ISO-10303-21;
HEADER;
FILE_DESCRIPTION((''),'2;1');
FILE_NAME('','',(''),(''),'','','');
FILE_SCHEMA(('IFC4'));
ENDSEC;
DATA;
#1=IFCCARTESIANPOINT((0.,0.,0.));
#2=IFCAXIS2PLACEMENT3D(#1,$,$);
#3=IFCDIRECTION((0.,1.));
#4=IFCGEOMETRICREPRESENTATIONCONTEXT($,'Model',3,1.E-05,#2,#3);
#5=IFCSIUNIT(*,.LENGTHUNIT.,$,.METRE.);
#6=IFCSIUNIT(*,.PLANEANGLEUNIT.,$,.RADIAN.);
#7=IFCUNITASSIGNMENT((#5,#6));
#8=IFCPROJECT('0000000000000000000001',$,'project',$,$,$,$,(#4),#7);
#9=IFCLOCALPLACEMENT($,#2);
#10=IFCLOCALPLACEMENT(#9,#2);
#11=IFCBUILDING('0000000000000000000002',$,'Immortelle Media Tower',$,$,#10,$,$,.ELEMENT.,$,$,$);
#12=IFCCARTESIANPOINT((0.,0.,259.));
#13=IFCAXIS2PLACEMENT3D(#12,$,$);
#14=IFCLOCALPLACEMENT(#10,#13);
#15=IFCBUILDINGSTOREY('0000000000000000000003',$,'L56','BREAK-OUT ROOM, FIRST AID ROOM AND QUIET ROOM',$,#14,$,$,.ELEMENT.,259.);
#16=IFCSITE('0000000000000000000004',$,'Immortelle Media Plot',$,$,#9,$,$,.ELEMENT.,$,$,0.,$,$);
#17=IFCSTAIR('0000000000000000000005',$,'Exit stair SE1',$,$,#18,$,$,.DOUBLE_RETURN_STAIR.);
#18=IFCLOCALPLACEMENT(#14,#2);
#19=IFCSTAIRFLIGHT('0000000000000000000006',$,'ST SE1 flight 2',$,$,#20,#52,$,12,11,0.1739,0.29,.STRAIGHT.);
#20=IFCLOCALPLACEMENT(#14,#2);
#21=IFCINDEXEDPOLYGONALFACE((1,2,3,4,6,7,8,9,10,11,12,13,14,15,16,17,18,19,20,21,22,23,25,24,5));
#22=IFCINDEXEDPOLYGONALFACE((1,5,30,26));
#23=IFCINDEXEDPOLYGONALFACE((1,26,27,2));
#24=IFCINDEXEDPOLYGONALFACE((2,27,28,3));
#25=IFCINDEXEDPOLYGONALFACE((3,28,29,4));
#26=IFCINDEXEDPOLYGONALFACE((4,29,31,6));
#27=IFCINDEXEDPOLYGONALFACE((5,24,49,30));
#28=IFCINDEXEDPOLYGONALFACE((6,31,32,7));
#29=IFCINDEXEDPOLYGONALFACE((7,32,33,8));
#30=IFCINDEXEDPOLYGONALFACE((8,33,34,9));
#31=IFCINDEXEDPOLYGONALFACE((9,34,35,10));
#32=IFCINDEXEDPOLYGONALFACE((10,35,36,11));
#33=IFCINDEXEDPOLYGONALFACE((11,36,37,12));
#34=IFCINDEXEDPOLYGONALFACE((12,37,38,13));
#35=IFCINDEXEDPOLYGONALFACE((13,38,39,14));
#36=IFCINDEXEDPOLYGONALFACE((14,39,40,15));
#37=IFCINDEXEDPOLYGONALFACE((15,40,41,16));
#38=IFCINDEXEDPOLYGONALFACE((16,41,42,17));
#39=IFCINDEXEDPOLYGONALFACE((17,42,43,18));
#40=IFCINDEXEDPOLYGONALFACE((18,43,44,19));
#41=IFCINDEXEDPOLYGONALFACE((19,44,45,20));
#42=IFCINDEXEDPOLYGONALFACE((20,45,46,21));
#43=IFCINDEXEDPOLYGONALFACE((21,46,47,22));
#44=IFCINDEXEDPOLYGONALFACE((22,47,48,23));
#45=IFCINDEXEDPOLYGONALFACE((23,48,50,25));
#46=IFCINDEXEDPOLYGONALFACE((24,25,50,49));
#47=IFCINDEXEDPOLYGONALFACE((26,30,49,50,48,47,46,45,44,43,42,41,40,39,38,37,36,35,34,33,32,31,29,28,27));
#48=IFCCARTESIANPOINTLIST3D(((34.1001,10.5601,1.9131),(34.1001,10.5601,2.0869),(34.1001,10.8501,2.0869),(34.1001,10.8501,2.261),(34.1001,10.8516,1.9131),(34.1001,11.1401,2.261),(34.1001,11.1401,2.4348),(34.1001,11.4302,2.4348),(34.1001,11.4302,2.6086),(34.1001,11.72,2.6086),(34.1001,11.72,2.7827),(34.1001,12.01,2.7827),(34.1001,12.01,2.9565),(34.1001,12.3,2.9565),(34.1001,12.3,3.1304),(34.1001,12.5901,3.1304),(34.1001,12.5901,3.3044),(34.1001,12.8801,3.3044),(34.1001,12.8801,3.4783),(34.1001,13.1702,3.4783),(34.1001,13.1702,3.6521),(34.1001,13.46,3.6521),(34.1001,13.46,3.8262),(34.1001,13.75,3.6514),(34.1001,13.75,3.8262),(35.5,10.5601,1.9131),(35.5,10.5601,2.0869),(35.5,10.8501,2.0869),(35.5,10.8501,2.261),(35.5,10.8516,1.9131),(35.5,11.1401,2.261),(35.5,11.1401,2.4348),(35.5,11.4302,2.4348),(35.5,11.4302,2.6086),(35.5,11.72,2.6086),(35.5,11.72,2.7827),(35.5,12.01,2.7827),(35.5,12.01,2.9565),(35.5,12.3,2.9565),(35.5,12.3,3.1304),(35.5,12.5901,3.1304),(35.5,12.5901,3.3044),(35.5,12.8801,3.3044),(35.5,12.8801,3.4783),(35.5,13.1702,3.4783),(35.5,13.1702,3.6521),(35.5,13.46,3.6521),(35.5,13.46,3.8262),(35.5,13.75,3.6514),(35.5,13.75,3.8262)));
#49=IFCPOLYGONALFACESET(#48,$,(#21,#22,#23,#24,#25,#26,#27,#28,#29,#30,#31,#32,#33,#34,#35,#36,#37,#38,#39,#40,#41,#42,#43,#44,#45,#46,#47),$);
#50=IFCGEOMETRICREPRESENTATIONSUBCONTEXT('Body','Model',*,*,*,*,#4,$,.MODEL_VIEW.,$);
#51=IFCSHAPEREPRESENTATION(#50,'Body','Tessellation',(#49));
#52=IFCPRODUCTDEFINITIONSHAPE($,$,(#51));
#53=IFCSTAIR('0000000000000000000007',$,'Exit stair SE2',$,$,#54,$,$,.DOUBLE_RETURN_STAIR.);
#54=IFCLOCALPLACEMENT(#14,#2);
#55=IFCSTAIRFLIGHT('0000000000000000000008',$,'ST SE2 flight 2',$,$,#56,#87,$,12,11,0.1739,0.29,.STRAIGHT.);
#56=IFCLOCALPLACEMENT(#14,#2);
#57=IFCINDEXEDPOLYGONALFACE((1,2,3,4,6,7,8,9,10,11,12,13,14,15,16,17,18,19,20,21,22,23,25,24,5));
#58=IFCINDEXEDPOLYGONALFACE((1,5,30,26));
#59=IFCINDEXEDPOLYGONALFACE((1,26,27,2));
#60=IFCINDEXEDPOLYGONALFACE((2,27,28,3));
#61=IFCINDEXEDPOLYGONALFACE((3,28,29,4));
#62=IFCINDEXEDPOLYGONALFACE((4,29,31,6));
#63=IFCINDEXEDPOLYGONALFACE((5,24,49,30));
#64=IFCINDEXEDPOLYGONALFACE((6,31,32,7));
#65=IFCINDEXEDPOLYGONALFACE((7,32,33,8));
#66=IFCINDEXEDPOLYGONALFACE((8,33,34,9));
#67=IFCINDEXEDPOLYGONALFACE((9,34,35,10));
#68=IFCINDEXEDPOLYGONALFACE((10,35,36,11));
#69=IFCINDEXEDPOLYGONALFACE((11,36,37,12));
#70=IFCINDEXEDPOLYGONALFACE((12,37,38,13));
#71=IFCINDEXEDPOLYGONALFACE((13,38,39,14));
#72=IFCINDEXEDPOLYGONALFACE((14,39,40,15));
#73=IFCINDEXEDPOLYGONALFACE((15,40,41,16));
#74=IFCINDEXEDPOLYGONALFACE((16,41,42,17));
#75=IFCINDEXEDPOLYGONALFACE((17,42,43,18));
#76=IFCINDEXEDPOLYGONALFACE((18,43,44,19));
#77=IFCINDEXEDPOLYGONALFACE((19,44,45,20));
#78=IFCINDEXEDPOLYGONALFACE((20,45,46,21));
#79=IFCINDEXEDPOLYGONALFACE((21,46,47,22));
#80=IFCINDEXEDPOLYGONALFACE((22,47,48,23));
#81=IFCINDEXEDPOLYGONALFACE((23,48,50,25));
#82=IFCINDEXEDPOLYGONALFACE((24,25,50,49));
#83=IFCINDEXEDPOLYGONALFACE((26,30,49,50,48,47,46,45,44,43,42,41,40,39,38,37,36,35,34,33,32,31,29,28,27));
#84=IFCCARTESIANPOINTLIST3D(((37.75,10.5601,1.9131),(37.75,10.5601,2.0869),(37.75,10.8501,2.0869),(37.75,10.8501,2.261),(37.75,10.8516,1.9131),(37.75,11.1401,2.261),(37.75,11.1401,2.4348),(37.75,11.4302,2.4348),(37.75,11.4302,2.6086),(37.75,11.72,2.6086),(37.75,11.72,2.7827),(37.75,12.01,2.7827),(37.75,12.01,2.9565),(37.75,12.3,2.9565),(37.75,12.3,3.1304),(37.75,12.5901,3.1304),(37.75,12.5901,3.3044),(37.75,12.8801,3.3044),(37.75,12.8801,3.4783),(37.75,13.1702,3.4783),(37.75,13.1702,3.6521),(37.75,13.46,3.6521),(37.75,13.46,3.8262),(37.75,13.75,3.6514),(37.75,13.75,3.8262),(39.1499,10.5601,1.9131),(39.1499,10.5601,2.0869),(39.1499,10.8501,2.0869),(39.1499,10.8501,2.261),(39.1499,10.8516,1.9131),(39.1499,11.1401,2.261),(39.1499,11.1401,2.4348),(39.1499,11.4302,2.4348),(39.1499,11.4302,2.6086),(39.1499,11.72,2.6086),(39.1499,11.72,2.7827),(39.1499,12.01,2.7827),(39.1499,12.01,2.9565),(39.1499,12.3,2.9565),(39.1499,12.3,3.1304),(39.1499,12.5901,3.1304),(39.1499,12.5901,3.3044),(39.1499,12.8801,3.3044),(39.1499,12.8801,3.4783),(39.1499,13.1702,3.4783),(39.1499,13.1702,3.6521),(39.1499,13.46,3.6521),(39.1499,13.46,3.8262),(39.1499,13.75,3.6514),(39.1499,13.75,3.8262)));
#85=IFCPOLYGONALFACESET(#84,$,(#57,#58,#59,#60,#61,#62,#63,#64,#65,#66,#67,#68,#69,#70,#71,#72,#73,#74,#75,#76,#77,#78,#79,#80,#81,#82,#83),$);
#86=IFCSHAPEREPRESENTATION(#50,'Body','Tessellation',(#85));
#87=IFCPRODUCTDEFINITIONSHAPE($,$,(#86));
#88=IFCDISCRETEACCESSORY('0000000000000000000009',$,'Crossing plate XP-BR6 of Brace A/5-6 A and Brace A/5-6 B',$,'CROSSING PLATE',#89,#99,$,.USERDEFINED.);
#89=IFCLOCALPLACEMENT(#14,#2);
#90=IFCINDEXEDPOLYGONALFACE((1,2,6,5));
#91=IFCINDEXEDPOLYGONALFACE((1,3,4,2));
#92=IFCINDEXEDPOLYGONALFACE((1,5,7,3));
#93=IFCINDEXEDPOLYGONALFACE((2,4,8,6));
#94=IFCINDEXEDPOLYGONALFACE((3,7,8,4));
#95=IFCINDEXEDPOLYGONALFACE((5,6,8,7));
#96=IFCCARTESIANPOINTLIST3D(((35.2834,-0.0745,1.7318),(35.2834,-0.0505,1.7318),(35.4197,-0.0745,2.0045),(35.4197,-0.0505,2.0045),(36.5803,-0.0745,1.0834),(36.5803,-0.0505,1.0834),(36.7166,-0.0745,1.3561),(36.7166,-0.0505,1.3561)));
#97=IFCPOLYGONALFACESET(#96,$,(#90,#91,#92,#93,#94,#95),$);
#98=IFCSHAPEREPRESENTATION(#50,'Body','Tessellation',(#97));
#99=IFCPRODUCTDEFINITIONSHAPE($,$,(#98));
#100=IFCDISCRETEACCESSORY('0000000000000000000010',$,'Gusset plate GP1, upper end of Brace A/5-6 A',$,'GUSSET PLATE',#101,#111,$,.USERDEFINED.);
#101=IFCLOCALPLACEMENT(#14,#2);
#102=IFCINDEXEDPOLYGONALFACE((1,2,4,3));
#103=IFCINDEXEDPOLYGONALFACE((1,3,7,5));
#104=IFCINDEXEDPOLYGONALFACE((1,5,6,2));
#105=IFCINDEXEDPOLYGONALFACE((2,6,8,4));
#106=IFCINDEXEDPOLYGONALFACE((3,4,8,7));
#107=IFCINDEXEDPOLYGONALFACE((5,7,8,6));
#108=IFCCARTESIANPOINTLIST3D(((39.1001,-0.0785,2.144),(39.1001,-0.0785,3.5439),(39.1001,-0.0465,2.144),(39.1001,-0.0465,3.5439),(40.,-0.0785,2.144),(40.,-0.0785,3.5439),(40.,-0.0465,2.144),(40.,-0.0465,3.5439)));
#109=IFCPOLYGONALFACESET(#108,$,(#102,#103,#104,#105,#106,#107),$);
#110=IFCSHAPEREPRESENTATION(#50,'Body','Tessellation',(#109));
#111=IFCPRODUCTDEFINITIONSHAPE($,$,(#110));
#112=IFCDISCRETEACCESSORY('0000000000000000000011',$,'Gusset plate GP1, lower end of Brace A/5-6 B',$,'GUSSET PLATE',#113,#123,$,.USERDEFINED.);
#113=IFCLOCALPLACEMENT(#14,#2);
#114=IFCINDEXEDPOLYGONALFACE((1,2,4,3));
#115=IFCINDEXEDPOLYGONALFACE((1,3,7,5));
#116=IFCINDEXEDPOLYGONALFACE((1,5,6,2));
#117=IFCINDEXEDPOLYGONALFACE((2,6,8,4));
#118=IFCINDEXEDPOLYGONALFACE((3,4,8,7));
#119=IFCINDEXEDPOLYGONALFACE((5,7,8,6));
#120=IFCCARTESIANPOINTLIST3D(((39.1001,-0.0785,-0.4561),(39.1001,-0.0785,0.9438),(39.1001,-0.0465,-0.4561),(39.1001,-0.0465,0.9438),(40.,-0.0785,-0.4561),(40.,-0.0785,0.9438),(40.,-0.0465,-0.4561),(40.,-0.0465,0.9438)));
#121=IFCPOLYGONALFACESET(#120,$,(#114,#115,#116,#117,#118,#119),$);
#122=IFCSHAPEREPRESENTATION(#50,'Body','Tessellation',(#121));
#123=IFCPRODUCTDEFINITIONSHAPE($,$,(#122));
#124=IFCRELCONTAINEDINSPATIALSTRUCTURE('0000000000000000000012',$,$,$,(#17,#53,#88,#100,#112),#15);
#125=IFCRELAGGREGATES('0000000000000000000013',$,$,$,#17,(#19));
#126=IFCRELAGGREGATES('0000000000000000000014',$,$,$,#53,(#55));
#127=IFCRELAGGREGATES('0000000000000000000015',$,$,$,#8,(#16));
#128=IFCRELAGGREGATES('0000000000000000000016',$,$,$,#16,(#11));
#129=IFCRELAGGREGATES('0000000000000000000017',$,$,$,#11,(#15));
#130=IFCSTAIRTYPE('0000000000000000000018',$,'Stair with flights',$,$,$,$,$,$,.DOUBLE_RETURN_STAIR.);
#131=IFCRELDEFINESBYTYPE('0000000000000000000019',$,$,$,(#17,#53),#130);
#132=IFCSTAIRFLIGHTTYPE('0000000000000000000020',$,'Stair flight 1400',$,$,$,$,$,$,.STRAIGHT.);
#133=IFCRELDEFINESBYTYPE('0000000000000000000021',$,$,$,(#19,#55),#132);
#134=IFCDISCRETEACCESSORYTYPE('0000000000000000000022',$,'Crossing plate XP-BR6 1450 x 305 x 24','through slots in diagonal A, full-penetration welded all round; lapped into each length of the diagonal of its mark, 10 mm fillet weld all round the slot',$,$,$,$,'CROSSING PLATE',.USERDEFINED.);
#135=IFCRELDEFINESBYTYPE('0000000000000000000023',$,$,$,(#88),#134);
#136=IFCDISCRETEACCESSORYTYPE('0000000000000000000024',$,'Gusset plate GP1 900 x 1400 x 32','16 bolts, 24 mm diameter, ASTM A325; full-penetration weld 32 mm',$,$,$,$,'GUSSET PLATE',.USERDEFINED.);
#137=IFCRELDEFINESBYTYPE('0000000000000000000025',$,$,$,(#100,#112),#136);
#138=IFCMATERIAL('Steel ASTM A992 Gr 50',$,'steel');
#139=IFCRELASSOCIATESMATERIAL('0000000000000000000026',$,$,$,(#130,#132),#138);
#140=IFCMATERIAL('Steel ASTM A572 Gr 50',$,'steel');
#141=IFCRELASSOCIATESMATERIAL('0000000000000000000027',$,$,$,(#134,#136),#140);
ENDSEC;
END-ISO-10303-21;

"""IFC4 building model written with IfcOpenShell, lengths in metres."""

from ifc_helpers import new_model, si_unit, direction, frame, origin, origin_2d, place, context, subcontext, project, spatial, polyline, rectangle, outline, extrude, material, material_profile, profile_set, type_object, element, aggregate, save


model = new_model("IFC4")

# Units and contexts
model_context = context("Model", 3, precision=1e-05, world=origin(), true_north=direction((0.0, 1.0)))
body_context = subcontext(model_context, "Body", "Model", "MODEL_VIEW")
ifc_project = project(units=[si_unit("LENGTHUNIT", "METRE"), si_unit("PLANEANGLEUNIT", "RADIAN")], contexts=[model_context])

# Site, building, storey
site_placement = place(None, origin())
site = spatial("IfcSite", under=ifc_project, at=site_placement, Name="Immortelle Media Plot", CompositionType="ELEMENT", RefElevation=0.0)
building_placement = place(site_placement, origin())
building = spatial("IfcBuilding", under=site, at=building_placement, Name="Immortelle Media Tower", CompositionType="ELEMENT")
storey_placement = place(building_placement, frame((0.0, 0.0, 259.0)))
storey = spatial("IfcBuildingStorey", under=building, at=storey_placement, Name="L56", Description="BREAK-OUT ROOM, FIRST AID ROOM AND QUIET ROOM", CompositionType="ELEMENT", Elevation=259.0)

# Shared definitions
ifc_material_1 = material(Name="Steel ASTM A992 Gr 50", Category="steel")

# Stairs, stair flights
stair_type = type_object("IfcStairType", Name="Stair with flights", PredefinedType="DOUBLE_RETURN_STAIR", material=ifc_material_1)
stair_1_placement = place(storey_placement, origin())
stair_1 = element("IfcStair", 1, at=stair_1_placement, inside=storey, type_object=stair_type, Name="Exit stair SE1", PredefinedType="DOUBLE_RETURN_STAIR")
stair_flight_type = type_object("IfcStairFlightType", Name="Stair flight 1400", PredefinedType="STRAIGHT", material=ifc_material_1)
stair_flight_1_placement = place(storey_placement, frame((34.8, 10.5601, 1.9131), z_axis=(0.0, 0.0, 1.0), x_axis=(0.0, 1.0, 0.0)))
stair_flight_1 = element("IfcStairFlight", 2, at=stair_flight_1_placement, type_object=stair_flight_type, Name="ST SE1 flight 2", NumberOfRisers=12, NumberOfTreads=11, PredefinedType="STRAIGHT", RiserHeight=0.1739, TreadLength=0.29, context=body_context, shape_type="SweptSolid", body=[
    extrude(outline(polyline([(0.0, 0.0), (0.0, 0.1738), (0.29, 0.1738), (0.29, 0.3479), (0.5801, 0.3479), (0.5801, 0.5217), (0.8701, 0.5217), (0.8701, 0.6956), (1.1599, 0.6956), (1.1599, 0.8696), (1.45, 0.8696), (1.45, 1.0435), (1.74, 1.0435), (1.74, 1.2173), (2.03, 1.2173), (2.03, 1.3914), (2.3201, 1.3914), (2.3201, 1.5652), (2.6101, 1.5652), (2.6101, 1.739), (2.8999, 1.739), (2.8999, 1.9131), (3.1899, 1.9131), (3.1899, 2.0869), (3.1899, 1.7383), (0.2915, 0.0), (0.0, 0.0)])), frame((0.0, 0.7, 0.0), z_axis=(0.0, -1.0, 0.0), x_axis=(1.0, 0.0, 0.0)), (0.0, 0.0, 1.0), 1.3999),
])
aggregate(stair_1, [stair_flight_1])
stair_2_placement = place(storey_placement, origin())
stair_2 = element("IfcStair", 3, at=stair_2_placement, inside=storey, type_object=stair_type, Name="Exit stair SE2", PredefinedType="DOUBLE_RETURN_STAIR")
stair_flight_2_placement = place(storey_placement, frame((38.45, 10.5601, 1.9131), z_axis=(0.0, 0.0, 1.0), x_axis=(0.0, 1.0, 0.0)))
stair_flight_2 = element("IfcStairFlight", 4, at=stair_flight_2_placement, type_object=stair_flight_type, Name="ST SE2 flight 2", NumberOfRisers=12, NumberOfTreads=11, PredefinedType="STRAIGHT", RiserHeight=0.1739, TreadLength=0.29, context=body_context, shape_type="SweptSolid", body=[
    extrude(outline(polyline([(0.0, 0.0), (0.0, 0.1738), (0.29, 0.1738), (0.29, 0.3479), (0.5801, 0.3479), (0.5801, 0.5217), (0.8701, 0.5217), (0.8701, 0.6956), (1.1599, 0.6956), (1.1599, 0.8696), (1.45, 0.8696), (1.45, 1.0435), (1.74, 1.0435), (1.74, 1.2173), (2.03, 1.2173), (2.03, 1.3914), (2.3201, 1.3914), (2.3201, 1.5652), (2.6101, 1.5652), (2.6101, 1.739), (2.8999, 1.739), (2.8999, 1.9131), (3.1899, 1.9131), (3.1899, 2.0869), (3.1899, 1.7383), (0.2915, 0.0), (0.0, 0.0)])), frame((0.0, 0.7, 0.0), z_axis=(0.0, -1.0, 0.0), x_axis=(1.0, 0.0, 0.0)), (0.0, 0.0, 1.0), 1.3999),
])
aggregate(stair_2, [stair_flight_2])

# Discrete accessories
ifc_material_2 = material(Name="Steel ASTM A572 Gr 50", Category="steel")
ifc_material_profile_1 = material_profile(ifc_material_2, rectangle(XDim=0.0239, YDim=0.3049, at=origin_2d()), Name="PL 24 x 305")
ifc_profile_set_1 = profile_set([ifc_material_profile_1], Name="Steel ASTM A572 Gr 50")
discrete_accessory_type_1 = type_object("IfcDiscreteAccessoryType", Name="Crossing plate XP-BR6 1450 x 305 x 24", Description="through slots in diagonal A, full-penetration welded all round; lapped into each length of the diagonal of its mark, 10 mm fillet weld all round the slot", ElementType="CROSSING PLATE", PredefinedType="USERDEFINED", material=ifc_profile_set_1)
discrete_accessory_placement = place(storey_placement, frame((35.3516, -0.0625, 1.8682), z_axis=(0.894427, 0.0, -0.447214), x_axis=(0.0, 1.0, 0.0)))
element("IfcDiscreteAccessory", 5, at=discrete_accessory_placement, inside=storey, type_object=discrete_accessory_type_1, Name="Crossing plate XP-BR6 of Brace A/5-6 A and Brace A/5-6 B", ObjectType="CROSSING PLATE", PredefinedType="USERDEFINED", context=body_context, shape_type="SweptSolid", body=[
    extrude(rectangle(XDim=0.0239, YDim=0.3049, at=origin_2d()), origin(), (0.0, 0.0, 1.0), 1.45),
])
ifc_material_profile_2 = material_profile(ifc_material_2, rectangle(XDim=0.032, YDim=1.3999, at=origin_2d()), Name="PL 32 x 1400")
ifc_profile_set_2 = profile_set([ifc_material_profile_2], Name="Steel ASTM A572 Gr 50")
discrete_accessory_type_2 = type_object("IfcDiscreteAccessoryType", Name="Gusset plate GP1 900 x 1400 x 32", Description="16 bolts, 24 mm diameter, ASTM A325; full-penetration weld 32 mm", ElementType="GUSSET PLATE", PredefinedType="USERDEFINED", material=ifc_profile_set_2)
for number, where, z_axis, x_axis, name in (
    (6, (40.0, -0.0625, 2.844), (-1.0, 0.0, 0.0), (0.0, -1.0, 0.0), "Gusset plate GP1, upper end of Brace A/5-6 A"),
    (7, (40.0, -0.0625, 0.2439), (-1.0, 0.0, 0.0), (0.0, -1.0, 0.0), "Gusset plate GP1, lower end of Brace A/5-6 B"),
):
    element("IfcDiscreteAccessory", number, at=place(storey_placement, frame(where, z_axis=z_axis, x_axis=x_axis)), inside=storey, type_object=discrete_accessory_type_2, Name=name, ObjectType="GUSSET PLATE", PredefinedType="USERDEFINED", context=body_context, shape_type="SweptSolid", body=[
        extrude(rectangle(XDim=0.032, YDim=1.3999, at=origin_2d()), origin(), (0.0, 0.0, 1.0), 0.8999),
    ])

save(model, "model.ifc")
